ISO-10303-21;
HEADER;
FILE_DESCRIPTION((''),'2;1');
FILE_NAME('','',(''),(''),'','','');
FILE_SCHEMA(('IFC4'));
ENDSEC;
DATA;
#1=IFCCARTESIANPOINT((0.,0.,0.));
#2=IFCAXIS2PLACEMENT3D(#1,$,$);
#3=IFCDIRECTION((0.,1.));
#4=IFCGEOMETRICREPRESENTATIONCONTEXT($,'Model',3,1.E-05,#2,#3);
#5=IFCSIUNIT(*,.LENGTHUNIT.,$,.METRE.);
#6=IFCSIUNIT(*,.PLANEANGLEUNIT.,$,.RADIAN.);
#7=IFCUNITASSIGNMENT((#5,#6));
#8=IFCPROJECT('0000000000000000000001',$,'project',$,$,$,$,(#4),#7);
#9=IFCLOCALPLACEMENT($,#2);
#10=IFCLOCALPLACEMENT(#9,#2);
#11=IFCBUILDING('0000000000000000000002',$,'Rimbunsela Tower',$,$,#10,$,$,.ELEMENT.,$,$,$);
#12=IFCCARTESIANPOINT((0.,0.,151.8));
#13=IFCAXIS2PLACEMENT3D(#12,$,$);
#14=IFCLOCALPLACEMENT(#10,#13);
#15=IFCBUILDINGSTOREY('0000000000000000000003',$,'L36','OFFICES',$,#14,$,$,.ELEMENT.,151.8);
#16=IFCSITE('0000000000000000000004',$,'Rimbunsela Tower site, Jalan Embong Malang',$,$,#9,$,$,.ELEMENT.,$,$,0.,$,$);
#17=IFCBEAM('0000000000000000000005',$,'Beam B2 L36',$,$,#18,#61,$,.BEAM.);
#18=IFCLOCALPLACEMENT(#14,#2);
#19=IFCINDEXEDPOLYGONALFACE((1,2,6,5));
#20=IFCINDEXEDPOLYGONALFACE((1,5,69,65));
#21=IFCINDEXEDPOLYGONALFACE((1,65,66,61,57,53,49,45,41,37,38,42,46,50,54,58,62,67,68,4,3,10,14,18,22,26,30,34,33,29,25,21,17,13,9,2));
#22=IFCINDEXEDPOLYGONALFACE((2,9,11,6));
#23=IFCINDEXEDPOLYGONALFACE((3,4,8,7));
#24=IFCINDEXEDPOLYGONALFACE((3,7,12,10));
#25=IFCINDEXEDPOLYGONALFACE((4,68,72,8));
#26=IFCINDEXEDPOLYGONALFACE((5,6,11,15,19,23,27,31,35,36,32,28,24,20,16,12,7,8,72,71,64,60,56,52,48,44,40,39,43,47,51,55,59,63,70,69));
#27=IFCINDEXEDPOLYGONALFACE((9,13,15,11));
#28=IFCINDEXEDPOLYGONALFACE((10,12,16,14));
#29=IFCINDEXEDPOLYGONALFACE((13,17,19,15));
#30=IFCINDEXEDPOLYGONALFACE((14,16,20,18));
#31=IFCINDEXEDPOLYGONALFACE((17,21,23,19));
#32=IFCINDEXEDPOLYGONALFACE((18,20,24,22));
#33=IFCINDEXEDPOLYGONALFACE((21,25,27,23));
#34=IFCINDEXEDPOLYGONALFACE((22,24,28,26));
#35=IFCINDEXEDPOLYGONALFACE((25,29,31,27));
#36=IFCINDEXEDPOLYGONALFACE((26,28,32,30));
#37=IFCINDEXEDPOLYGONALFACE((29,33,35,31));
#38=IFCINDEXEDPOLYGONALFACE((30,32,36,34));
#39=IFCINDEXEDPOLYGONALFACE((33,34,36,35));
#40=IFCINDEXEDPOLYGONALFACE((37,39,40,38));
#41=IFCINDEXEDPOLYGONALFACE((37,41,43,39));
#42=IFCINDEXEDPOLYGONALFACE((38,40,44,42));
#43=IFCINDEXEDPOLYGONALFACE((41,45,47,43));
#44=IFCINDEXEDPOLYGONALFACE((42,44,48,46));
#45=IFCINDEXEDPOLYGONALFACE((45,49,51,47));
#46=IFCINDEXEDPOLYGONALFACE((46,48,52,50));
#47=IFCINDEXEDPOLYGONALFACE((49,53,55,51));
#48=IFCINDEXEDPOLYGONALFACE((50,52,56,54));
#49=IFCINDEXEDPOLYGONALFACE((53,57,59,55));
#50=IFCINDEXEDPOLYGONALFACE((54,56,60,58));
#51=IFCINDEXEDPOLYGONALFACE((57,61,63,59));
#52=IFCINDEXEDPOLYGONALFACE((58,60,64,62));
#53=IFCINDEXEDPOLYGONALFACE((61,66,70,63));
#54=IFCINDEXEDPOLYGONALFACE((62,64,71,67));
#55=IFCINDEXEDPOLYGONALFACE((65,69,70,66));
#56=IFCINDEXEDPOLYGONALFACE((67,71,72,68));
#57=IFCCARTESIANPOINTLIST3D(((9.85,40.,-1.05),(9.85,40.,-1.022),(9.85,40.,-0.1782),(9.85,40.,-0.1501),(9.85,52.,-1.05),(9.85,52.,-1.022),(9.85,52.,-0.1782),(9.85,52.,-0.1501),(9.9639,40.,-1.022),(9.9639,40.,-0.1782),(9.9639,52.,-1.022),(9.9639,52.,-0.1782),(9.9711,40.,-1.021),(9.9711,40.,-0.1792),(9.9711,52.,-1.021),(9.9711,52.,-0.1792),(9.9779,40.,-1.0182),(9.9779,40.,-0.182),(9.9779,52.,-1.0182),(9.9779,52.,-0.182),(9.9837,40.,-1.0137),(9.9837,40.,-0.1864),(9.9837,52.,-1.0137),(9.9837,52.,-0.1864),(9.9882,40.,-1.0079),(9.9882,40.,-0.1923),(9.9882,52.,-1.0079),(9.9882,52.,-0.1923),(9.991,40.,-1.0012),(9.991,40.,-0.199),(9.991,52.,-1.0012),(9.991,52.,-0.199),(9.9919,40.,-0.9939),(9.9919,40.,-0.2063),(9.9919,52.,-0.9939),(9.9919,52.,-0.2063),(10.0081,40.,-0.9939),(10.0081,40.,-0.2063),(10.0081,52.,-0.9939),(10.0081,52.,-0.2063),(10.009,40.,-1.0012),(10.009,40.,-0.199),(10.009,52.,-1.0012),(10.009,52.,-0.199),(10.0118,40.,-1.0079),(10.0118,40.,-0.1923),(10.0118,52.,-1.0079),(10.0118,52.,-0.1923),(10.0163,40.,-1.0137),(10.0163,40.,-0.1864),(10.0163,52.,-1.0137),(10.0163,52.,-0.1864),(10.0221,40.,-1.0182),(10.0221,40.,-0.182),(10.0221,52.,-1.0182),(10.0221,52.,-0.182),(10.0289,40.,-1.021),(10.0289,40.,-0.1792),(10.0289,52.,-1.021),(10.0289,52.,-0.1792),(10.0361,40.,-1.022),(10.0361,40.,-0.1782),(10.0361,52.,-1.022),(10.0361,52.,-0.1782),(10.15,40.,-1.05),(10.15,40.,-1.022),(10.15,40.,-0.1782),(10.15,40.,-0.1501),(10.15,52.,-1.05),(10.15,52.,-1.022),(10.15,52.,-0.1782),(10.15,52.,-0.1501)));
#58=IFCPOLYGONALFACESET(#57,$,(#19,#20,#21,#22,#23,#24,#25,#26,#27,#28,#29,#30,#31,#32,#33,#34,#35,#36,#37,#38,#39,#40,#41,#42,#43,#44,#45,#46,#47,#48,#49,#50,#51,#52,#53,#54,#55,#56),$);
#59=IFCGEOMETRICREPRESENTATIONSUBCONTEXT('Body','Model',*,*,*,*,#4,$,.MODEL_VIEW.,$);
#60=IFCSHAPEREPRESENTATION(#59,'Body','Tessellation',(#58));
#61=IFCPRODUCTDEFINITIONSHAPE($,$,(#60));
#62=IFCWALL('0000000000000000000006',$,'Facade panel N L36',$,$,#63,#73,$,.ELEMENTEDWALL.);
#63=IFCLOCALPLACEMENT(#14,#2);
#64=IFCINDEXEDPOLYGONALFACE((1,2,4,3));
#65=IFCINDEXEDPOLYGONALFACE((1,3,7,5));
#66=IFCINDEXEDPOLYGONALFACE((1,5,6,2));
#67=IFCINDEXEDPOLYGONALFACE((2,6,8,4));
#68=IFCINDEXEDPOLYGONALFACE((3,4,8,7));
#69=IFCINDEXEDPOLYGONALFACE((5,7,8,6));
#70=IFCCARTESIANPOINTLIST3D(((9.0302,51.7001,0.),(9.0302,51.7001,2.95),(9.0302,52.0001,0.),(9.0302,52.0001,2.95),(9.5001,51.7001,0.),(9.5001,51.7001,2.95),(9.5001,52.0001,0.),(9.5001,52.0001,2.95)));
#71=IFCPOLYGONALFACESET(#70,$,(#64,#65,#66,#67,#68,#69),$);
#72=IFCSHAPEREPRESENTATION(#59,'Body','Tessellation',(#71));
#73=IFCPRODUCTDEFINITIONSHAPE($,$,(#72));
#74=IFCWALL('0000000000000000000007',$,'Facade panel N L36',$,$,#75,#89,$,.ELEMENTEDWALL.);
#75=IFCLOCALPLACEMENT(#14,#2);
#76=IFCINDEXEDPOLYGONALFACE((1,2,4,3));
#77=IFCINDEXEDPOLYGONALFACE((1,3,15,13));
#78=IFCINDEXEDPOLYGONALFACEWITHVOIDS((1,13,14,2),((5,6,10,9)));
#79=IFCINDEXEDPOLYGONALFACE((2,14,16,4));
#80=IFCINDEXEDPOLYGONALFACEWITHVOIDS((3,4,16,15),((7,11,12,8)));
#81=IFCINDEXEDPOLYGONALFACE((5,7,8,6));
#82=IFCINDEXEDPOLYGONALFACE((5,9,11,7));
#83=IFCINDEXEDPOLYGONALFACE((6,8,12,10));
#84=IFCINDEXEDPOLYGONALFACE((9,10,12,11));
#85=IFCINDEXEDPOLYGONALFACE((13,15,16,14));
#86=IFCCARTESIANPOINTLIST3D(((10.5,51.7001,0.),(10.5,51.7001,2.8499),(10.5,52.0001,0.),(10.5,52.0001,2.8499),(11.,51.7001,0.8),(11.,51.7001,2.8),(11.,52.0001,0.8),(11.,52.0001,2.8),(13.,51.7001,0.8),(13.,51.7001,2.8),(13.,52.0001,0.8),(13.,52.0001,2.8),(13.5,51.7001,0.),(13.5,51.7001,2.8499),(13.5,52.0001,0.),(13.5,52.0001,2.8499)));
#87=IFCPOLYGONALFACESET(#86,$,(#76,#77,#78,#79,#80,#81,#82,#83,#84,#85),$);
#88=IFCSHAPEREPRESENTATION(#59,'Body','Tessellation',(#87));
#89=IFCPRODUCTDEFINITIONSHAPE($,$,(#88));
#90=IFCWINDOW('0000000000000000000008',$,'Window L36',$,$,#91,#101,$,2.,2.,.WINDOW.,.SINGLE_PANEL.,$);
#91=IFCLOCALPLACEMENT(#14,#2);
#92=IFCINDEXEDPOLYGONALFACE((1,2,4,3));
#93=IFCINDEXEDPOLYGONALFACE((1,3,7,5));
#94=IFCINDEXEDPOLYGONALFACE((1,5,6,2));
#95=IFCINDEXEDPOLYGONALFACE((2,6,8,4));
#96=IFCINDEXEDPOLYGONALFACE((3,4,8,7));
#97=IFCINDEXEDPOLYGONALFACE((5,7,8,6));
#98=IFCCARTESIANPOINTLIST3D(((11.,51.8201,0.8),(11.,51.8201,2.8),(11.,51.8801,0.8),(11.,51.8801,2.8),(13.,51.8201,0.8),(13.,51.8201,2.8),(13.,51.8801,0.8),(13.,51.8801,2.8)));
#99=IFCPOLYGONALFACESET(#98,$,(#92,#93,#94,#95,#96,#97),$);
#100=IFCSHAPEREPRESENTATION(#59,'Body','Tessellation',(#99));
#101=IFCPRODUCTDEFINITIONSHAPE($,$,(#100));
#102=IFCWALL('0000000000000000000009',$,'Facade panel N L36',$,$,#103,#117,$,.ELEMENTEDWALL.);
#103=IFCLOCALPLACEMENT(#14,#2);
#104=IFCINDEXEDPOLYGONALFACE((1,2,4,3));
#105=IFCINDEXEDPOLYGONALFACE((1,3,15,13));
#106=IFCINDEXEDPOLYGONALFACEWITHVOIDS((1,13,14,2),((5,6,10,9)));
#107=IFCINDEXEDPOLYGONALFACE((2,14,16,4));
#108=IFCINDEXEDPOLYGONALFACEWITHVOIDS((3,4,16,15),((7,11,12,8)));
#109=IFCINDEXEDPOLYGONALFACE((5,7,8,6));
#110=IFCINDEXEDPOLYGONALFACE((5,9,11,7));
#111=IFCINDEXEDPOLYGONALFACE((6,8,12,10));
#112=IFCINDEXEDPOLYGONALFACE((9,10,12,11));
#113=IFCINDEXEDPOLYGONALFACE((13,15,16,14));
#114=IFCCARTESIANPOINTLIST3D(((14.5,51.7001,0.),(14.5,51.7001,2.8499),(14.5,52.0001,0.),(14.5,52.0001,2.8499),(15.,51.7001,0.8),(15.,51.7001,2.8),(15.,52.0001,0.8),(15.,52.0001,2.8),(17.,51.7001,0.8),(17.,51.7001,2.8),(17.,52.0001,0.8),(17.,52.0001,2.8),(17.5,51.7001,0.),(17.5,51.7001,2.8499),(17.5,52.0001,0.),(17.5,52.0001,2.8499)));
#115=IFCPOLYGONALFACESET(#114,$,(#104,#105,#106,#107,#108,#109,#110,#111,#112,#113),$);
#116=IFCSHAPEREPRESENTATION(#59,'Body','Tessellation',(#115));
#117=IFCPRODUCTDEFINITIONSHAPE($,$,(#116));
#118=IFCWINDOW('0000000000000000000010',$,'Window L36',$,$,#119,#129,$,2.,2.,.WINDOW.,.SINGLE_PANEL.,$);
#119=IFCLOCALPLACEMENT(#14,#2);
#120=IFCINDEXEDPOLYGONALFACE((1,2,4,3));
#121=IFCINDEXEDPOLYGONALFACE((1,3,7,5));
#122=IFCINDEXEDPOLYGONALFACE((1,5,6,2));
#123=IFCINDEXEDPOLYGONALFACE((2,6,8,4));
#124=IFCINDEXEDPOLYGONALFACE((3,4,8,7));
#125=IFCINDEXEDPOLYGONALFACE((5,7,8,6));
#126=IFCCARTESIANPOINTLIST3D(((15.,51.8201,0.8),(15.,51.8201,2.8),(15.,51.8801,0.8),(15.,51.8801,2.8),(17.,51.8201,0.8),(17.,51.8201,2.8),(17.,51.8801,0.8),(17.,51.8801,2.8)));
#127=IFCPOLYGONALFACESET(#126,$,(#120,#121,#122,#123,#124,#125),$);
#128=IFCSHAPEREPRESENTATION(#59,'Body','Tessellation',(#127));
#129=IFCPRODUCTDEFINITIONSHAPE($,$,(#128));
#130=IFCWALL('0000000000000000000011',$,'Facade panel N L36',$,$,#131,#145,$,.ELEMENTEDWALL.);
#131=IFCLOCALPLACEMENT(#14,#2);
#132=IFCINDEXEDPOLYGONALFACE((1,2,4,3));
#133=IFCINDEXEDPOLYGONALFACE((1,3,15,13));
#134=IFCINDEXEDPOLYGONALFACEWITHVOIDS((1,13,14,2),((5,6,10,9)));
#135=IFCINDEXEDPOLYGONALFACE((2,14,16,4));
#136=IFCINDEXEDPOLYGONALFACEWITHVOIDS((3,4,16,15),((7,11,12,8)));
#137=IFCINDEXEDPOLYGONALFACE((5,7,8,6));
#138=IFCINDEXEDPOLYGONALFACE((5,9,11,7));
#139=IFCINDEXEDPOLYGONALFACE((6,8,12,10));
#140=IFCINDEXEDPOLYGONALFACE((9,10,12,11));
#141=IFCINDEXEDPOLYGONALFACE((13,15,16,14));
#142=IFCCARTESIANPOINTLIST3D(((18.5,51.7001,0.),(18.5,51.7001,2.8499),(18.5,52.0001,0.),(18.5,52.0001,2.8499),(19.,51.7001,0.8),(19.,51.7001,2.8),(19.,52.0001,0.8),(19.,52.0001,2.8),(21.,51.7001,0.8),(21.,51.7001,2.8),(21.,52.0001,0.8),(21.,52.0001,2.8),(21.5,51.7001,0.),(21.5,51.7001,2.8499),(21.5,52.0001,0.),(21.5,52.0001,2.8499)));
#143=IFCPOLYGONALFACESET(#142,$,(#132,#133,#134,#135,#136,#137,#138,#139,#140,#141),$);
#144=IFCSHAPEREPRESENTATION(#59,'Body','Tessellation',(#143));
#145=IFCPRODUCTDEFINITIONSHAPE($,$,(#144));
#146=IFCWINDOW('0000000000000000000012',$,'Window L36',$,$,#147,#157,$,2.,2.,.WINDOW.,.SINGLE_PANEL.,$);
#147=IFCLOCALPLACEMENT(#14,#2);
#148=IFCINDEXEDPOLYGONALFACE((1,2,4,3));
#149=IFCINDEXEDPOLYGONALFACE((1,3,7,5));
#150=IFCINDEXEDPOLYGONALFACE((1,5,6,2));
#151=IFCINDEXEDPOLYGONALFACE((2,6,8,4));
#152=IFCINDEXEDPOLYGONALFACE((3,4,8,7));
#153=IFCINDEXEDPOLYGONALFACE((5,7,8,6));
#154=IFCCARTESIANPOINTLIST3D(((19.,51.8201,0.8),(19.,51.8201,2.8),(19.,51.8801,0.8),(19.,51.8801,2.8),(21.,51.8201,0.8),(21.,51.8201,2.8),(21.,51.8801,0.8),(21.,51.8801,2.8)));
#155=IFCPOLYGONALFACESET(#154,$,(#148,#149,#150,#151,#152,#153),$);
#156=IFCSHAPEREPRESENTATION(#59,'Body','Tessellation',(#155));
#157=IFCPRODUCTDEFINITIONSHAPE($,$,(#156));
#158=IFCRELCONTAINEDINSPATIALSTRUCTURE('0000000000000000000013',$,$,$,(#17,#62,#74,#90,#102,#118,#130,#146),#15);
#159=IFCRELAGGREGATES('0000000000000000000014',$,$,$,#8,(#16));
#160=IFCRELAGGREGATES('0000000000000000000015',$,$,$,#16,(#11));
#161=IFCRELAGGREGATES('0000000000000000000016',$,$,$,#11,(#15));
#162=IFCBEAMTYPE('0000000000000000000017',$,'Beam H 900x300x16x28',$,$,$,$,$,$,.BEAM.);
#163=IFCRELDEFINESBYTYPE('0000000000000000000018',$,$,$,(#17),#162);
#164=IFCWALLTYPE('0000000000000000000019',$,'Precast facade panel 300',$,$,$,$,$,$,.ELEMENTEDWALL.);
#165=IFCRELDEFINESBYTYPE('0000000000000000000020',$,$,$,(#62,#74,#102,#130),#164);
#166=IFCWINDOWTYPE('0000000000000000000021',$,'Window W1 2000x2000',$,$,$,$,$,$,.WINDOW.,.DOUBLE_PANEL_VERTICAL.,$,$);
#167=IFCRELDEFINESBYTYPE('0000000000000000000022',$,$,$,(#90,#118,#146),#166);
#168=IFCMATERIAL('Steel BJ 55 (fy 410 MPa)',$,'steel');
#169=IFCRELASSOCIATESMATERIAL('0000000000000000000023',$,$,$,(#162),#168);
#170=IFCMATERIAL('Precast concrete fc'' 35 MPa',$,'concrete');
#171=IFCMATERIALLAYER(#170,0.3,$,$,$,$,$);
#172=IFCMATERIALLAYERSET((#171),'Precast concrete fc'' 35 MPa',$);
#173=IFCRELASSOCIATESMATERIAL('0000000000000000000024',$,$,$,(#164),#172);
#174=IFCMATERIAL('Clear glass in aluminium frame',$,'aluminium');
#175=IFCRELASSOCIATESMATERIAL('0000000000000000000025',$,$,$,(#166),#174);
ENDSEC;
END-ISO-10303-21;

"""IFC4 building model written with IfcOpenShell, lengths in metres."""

from ifc_helpers import new_model, si_unit, direction, frame, frame_2d, origin, origin_2d, place, context, subcontext, project, spatial, rectangle, i_section, extrude, material, layer, layer_set, material_profile, profile_set, type_object, element, fill, save


model = new_model("IFC4")

# Units and contexts
model_context = context("Model", 3, precision=1e-05, world=origin(), true_north=direction((0.0, 1.0)))
body_context = subcontext(model_context, "Body", "Model", "MODEL_VIEW")
ifc_project = project(units=[si_unit("LENGTHUNIT", "METRE"), si_unit("PLANEANGLEUNIT", "RADIAN")], contexts=[model_context])

# Site, building, storey
site_placement = place(None, origin())
site = spatial("IfcSite", under=ifc_project, at=site_placement, Name="Rimbunsela Tower site, Jalan Embong Malang", CompositionType="ELEMENT", RefElevation=0.0)
building_placement = place(site_placement, origin())
building = spatial("IfcBuilding", under=site, at=building_placement, Name="Rimbunsela Tower", CompositionType="ELEMENT")
storey_placement = place(building_placement, frame((0.0, 0.0, 151.8)))
storey = spatial("IfcBuildingStorey", under=building, at=storey_placement, Name="L36", Description="OFFICES", CompositionType="ELEMENT", Elevation=151.8)

# Beam
ifc_material_1 = material(Name="Steel BJ 55 (fy 410 MPa)", Category="steel")
ifc_material_profile_1 = material_profile(ifc_material_1, i_section(OverallWidth=0.3, OverallDepth=0.8999, WebThickness=0.0161, FlangeThickness=0.0281, FilletRadius=0.0281, at=origin_2d()), Name="H 900x300x16x28")
ifc_profile_set_1 = profile_set([ifc_material_profile_1], Name="Steel BJ 55 (fy 410 MPa)")
beam_type_1 = type_object("IfcBeamType", Name="Beam H 900x300x16x28", PredefinedType="BEAM", material=ifc_profile_set_1)
beam_1_placement = place(storey_placement, frame((10.0, 40.0, -0.6001), z_axis=(0.0, 1.0, 0.0), x_axis=(-1.0, 0.0, 0.0)))
element("IfcBeam", 1, at=beam_1_placement, inside=storey, type_object=beam_type_1, Name="Beam B2 L36", PredefinedType="BEAM", context=body_context, shape_type="SweptSolid", body=[
    extrude(i_section(OverallWidth=0.3, OverallDepth=0.8999, WebThickness=0.0161, FlangeThickness=0.0281, FilletRadius=0.0281, at=origin_2d()), origin(), (0.0, 0.0, 1.0), 12.0),
])

# Wall
ifc_material_2 = material(Name="Precast concrete fc' 35 MPa", Category="concrete")
ifc_layer_1 = layer(ifc_material_2, 0.3)
ifc_layer_set_1 = layer_set([ifc_layer_1], Name="Precast concrete fc' 35 MPa")
wall_type_1 = type_object("IfcWallType", Name="Precast facade panel 300", PredefinedType="ELEMENTEDWALL", material=ifc_layer_set_1)
wall_1_placement = place(storey_placement, frame((9.5, 51.8501, 0.0), z_axis=(0.0, 0.0, 1.0), x_axis=(-1.0, 0.0, 0.0)))
element("IfcWall", 2, at=wall_1_placement, inside=storey, type_object=wall_type_1, Name="Facade panel N L36", PredefinedType="ELEMENTEDWALL", context=body_context, shape_type="SweptSolid", body=[
    extrude(rectangle(XDim=0.47, YDim=0.3, at=frame_2d((0.2349, 0.0))), origin(), (0.0, 0.0, 1.0), 2.95),
])

# Walls, openings, windows
wall_2_placement = place(storey_placement, frame((13.5, 51.8501, 0.0), z_axis=(0.0, 0.0, 1.0), x_axis=(-1.0, 0.0, 0.0)))
wall_2 = element("IfcWall", 3, at=wall_2_placement, inside=storey, type_object=wall_type_1, Name="Facade panel N L36", PredefinedType="ELEMENTEDWALL", context=body_context, shape_type="SweptSolid", body=[
    extrude(rectangle(XDim=3.0, YDim=0.3, at=frame_2d((1.5, 0.0))), origin(), (0.0, 0.0, 1.0), 2.8499),
])
opening_1_placement = place(wall_2_placement, frame((0.5, 0.0, 0.8)))
opening_1 = element("IfcOpeningElement", 4, at=opening_1_placement, cuts=wall_2, PredefinedType="OPENING", context=body_context, shape_type="SweptSolid", body=[
    extrude(rectangle(XDim=2.0, YDim=2.0, at=frame_2d((1.0, 1.0))), frame((0.0, 0.1599, 0.0), z_axis=(0.0, -1.0, 0.0), x_axis=(1.0, 0.0, 0.0)), (0.0, 0.0, 1.0), 0.3201),
])
ifc_material_3 = material(Name="Clear glass in aluminium frame", Category="aluminium")
window_type = type_object("IfcWindowType", Name="Window W1 2000x2000", PartitioningType="DOUBLE_PANEL_VERTICAL", PredefinedType="WINDOW", material=ifc_material_3)
window_1_placement = place(opening_1_placement, origin())
window_1 = element("IfcWindow", 5, at=window_1_placement, inside=storey, type_object=window_type, Name="Window L36", OverallHeight=2.0, OverallWidth=2.0, PartitioningType="SINGLE_PANEL", PredefinedType="WINDOW", context=body_context, shape_type="SweptSolid", body=[
    extrude(rectangle(XDim=2.0, YDim=2.0, at=frame_2d((1.0, 1.0))), frame((0.0, 0.03, 0.0), z_axis=(0.0, -1.0, 0.0), x_axis=(1.0, 0.0, 0.0)), (0.0, 0.0, 1.0), 0.0601),
])
fill(opening_1, window_1)
wall_3_placement = place(storey_placement, frame((17.5, 51.8501, 0.0), z_axis=(0.0, 0.0, 1.0), x_axis=(-1.0, 0.0, 0.0)))
wall_3 = element("IfcWall", 6, at=wall_3_placement, inside=storey, type_object=wall_type_1, Name="Facade panel N L36", PredefinedType="ELEMENTEDWALL", context=body_context, shape_type="SweptSolid", body=[
    extrude(rectangle(XDim=3.0, YDim=0.3, at=frame_2d((1.5, 0.0))), origin(), (0.0, 0.0, 1.0), 2.8499),
])
opening_2_placement = place(wall_3_placement, frame((0.5, 0.0, 0.8)))
opening_2 = element("IfcOpeningElement", 7, at=opening_2_placement, cuts=wall_3, PredefinedType="OPENING", context=body_context, shape_type="SweptSolid", body=[
    extrude(rectangle(XDim=2.0, YDim=2.0, at=frame_2d((1.0, 1.0))), frame((0.0, 0.1599, 0.0), z_axis=(0.0, -1.0, 0.0), x_axis=(1.0, 0.0, 0.0)), (0.0, 0.0, 1.0), 0.3201),
])
window_2_placement = place(opening_2_placement, origin())
window_2 = element("IfcWindow", 8, at=window_2_placement, inside=storey, type_object=window_type, Name="Window L36", OverallHeight=2.0, OverallWidth=2.0, PartitioningType="SINGLE_PANEL", PredefinedType="WINDOW", context=body_context, shape_type="SweptSolid", body=[
    extrude(rectangle(XDim=2.0, YDim=2.0, at=frame_2d((1.0, 1.0))), frame((0.0, 0.03, 0.0), z_axis=(0.0, -1.0, 0.0), x_axis=(1.0, 0.0, 0.0)), (0.0, 0.0, 1.0), 0.0601),
])
fill(opening_2, window_2)
wall_4_placement = place(storey_placement, frame((21.5, 51.8501, 0.0), z_axis=(0.0, 0.0, 1.0), x_axis=(-1.0, 0.0, 0.0)))
wall_4 = element("IfcWall", 9, at=wall_4_placement, inside=storey, type_object=wall_type_1, Name="Facade panel N L36", PredefinedType="ELEMENTEDWALL", context=body_context, shape_type="SweptSolid", body=[
    extrude(rectangle(XDim=3.0, YDim=0.3, at=frame_2d((1.5, 0.0))), origin(), (0.0, 0.0, 1.0), 2.8499),
])
opening_3_placement = place(wall_4_placement, frame((0.5, 0.0, 0.8)))
opening_3 = element("IfcOpeningElement", 10, at=opening_3_placement, cuts=wall_4, PredefinedType="OPENING", context=body_context, shape_type="SweptSolid", body=[
    extrude(rectangle(XDim=2.0, YDim=2.0, at=frame_2d((1.0, 1.0))), frame((0.0, 0.1599, 0.0), z_axis=(0.0, -1.0, 0.0), x_axis=(1.0, 0.0, 0.0)), (0.0, 0.0, 1.0), 0.3201),
])
window_3_placement = place(opening_3_placement, origin())
window_3 = element("IfcWindow", 11, at=window_3_placement, inside=storey, type_object=window_type, Name="Window L36", OverallHeight=2.0, OverallWidth=2.0, PartitioningType="SINGLE_PANEL", PredefinedType="WINDOW", context=body_context, shape_type="SweptSolid", body=[
    extrude(rectangle(XDim=2.0, YDim=2.0, at=frame_2d((1.0, 1.0))), frame((0.0, 0.03, 0.0), z_axis=(0.0, -1.0, 0.0), x_axis=(1.0, 0.0, 0.0)), (0.0, 0.0, 1.0), 0.0601),
])
fill(opening_3, window_3)

save(model, "model.ifc")
